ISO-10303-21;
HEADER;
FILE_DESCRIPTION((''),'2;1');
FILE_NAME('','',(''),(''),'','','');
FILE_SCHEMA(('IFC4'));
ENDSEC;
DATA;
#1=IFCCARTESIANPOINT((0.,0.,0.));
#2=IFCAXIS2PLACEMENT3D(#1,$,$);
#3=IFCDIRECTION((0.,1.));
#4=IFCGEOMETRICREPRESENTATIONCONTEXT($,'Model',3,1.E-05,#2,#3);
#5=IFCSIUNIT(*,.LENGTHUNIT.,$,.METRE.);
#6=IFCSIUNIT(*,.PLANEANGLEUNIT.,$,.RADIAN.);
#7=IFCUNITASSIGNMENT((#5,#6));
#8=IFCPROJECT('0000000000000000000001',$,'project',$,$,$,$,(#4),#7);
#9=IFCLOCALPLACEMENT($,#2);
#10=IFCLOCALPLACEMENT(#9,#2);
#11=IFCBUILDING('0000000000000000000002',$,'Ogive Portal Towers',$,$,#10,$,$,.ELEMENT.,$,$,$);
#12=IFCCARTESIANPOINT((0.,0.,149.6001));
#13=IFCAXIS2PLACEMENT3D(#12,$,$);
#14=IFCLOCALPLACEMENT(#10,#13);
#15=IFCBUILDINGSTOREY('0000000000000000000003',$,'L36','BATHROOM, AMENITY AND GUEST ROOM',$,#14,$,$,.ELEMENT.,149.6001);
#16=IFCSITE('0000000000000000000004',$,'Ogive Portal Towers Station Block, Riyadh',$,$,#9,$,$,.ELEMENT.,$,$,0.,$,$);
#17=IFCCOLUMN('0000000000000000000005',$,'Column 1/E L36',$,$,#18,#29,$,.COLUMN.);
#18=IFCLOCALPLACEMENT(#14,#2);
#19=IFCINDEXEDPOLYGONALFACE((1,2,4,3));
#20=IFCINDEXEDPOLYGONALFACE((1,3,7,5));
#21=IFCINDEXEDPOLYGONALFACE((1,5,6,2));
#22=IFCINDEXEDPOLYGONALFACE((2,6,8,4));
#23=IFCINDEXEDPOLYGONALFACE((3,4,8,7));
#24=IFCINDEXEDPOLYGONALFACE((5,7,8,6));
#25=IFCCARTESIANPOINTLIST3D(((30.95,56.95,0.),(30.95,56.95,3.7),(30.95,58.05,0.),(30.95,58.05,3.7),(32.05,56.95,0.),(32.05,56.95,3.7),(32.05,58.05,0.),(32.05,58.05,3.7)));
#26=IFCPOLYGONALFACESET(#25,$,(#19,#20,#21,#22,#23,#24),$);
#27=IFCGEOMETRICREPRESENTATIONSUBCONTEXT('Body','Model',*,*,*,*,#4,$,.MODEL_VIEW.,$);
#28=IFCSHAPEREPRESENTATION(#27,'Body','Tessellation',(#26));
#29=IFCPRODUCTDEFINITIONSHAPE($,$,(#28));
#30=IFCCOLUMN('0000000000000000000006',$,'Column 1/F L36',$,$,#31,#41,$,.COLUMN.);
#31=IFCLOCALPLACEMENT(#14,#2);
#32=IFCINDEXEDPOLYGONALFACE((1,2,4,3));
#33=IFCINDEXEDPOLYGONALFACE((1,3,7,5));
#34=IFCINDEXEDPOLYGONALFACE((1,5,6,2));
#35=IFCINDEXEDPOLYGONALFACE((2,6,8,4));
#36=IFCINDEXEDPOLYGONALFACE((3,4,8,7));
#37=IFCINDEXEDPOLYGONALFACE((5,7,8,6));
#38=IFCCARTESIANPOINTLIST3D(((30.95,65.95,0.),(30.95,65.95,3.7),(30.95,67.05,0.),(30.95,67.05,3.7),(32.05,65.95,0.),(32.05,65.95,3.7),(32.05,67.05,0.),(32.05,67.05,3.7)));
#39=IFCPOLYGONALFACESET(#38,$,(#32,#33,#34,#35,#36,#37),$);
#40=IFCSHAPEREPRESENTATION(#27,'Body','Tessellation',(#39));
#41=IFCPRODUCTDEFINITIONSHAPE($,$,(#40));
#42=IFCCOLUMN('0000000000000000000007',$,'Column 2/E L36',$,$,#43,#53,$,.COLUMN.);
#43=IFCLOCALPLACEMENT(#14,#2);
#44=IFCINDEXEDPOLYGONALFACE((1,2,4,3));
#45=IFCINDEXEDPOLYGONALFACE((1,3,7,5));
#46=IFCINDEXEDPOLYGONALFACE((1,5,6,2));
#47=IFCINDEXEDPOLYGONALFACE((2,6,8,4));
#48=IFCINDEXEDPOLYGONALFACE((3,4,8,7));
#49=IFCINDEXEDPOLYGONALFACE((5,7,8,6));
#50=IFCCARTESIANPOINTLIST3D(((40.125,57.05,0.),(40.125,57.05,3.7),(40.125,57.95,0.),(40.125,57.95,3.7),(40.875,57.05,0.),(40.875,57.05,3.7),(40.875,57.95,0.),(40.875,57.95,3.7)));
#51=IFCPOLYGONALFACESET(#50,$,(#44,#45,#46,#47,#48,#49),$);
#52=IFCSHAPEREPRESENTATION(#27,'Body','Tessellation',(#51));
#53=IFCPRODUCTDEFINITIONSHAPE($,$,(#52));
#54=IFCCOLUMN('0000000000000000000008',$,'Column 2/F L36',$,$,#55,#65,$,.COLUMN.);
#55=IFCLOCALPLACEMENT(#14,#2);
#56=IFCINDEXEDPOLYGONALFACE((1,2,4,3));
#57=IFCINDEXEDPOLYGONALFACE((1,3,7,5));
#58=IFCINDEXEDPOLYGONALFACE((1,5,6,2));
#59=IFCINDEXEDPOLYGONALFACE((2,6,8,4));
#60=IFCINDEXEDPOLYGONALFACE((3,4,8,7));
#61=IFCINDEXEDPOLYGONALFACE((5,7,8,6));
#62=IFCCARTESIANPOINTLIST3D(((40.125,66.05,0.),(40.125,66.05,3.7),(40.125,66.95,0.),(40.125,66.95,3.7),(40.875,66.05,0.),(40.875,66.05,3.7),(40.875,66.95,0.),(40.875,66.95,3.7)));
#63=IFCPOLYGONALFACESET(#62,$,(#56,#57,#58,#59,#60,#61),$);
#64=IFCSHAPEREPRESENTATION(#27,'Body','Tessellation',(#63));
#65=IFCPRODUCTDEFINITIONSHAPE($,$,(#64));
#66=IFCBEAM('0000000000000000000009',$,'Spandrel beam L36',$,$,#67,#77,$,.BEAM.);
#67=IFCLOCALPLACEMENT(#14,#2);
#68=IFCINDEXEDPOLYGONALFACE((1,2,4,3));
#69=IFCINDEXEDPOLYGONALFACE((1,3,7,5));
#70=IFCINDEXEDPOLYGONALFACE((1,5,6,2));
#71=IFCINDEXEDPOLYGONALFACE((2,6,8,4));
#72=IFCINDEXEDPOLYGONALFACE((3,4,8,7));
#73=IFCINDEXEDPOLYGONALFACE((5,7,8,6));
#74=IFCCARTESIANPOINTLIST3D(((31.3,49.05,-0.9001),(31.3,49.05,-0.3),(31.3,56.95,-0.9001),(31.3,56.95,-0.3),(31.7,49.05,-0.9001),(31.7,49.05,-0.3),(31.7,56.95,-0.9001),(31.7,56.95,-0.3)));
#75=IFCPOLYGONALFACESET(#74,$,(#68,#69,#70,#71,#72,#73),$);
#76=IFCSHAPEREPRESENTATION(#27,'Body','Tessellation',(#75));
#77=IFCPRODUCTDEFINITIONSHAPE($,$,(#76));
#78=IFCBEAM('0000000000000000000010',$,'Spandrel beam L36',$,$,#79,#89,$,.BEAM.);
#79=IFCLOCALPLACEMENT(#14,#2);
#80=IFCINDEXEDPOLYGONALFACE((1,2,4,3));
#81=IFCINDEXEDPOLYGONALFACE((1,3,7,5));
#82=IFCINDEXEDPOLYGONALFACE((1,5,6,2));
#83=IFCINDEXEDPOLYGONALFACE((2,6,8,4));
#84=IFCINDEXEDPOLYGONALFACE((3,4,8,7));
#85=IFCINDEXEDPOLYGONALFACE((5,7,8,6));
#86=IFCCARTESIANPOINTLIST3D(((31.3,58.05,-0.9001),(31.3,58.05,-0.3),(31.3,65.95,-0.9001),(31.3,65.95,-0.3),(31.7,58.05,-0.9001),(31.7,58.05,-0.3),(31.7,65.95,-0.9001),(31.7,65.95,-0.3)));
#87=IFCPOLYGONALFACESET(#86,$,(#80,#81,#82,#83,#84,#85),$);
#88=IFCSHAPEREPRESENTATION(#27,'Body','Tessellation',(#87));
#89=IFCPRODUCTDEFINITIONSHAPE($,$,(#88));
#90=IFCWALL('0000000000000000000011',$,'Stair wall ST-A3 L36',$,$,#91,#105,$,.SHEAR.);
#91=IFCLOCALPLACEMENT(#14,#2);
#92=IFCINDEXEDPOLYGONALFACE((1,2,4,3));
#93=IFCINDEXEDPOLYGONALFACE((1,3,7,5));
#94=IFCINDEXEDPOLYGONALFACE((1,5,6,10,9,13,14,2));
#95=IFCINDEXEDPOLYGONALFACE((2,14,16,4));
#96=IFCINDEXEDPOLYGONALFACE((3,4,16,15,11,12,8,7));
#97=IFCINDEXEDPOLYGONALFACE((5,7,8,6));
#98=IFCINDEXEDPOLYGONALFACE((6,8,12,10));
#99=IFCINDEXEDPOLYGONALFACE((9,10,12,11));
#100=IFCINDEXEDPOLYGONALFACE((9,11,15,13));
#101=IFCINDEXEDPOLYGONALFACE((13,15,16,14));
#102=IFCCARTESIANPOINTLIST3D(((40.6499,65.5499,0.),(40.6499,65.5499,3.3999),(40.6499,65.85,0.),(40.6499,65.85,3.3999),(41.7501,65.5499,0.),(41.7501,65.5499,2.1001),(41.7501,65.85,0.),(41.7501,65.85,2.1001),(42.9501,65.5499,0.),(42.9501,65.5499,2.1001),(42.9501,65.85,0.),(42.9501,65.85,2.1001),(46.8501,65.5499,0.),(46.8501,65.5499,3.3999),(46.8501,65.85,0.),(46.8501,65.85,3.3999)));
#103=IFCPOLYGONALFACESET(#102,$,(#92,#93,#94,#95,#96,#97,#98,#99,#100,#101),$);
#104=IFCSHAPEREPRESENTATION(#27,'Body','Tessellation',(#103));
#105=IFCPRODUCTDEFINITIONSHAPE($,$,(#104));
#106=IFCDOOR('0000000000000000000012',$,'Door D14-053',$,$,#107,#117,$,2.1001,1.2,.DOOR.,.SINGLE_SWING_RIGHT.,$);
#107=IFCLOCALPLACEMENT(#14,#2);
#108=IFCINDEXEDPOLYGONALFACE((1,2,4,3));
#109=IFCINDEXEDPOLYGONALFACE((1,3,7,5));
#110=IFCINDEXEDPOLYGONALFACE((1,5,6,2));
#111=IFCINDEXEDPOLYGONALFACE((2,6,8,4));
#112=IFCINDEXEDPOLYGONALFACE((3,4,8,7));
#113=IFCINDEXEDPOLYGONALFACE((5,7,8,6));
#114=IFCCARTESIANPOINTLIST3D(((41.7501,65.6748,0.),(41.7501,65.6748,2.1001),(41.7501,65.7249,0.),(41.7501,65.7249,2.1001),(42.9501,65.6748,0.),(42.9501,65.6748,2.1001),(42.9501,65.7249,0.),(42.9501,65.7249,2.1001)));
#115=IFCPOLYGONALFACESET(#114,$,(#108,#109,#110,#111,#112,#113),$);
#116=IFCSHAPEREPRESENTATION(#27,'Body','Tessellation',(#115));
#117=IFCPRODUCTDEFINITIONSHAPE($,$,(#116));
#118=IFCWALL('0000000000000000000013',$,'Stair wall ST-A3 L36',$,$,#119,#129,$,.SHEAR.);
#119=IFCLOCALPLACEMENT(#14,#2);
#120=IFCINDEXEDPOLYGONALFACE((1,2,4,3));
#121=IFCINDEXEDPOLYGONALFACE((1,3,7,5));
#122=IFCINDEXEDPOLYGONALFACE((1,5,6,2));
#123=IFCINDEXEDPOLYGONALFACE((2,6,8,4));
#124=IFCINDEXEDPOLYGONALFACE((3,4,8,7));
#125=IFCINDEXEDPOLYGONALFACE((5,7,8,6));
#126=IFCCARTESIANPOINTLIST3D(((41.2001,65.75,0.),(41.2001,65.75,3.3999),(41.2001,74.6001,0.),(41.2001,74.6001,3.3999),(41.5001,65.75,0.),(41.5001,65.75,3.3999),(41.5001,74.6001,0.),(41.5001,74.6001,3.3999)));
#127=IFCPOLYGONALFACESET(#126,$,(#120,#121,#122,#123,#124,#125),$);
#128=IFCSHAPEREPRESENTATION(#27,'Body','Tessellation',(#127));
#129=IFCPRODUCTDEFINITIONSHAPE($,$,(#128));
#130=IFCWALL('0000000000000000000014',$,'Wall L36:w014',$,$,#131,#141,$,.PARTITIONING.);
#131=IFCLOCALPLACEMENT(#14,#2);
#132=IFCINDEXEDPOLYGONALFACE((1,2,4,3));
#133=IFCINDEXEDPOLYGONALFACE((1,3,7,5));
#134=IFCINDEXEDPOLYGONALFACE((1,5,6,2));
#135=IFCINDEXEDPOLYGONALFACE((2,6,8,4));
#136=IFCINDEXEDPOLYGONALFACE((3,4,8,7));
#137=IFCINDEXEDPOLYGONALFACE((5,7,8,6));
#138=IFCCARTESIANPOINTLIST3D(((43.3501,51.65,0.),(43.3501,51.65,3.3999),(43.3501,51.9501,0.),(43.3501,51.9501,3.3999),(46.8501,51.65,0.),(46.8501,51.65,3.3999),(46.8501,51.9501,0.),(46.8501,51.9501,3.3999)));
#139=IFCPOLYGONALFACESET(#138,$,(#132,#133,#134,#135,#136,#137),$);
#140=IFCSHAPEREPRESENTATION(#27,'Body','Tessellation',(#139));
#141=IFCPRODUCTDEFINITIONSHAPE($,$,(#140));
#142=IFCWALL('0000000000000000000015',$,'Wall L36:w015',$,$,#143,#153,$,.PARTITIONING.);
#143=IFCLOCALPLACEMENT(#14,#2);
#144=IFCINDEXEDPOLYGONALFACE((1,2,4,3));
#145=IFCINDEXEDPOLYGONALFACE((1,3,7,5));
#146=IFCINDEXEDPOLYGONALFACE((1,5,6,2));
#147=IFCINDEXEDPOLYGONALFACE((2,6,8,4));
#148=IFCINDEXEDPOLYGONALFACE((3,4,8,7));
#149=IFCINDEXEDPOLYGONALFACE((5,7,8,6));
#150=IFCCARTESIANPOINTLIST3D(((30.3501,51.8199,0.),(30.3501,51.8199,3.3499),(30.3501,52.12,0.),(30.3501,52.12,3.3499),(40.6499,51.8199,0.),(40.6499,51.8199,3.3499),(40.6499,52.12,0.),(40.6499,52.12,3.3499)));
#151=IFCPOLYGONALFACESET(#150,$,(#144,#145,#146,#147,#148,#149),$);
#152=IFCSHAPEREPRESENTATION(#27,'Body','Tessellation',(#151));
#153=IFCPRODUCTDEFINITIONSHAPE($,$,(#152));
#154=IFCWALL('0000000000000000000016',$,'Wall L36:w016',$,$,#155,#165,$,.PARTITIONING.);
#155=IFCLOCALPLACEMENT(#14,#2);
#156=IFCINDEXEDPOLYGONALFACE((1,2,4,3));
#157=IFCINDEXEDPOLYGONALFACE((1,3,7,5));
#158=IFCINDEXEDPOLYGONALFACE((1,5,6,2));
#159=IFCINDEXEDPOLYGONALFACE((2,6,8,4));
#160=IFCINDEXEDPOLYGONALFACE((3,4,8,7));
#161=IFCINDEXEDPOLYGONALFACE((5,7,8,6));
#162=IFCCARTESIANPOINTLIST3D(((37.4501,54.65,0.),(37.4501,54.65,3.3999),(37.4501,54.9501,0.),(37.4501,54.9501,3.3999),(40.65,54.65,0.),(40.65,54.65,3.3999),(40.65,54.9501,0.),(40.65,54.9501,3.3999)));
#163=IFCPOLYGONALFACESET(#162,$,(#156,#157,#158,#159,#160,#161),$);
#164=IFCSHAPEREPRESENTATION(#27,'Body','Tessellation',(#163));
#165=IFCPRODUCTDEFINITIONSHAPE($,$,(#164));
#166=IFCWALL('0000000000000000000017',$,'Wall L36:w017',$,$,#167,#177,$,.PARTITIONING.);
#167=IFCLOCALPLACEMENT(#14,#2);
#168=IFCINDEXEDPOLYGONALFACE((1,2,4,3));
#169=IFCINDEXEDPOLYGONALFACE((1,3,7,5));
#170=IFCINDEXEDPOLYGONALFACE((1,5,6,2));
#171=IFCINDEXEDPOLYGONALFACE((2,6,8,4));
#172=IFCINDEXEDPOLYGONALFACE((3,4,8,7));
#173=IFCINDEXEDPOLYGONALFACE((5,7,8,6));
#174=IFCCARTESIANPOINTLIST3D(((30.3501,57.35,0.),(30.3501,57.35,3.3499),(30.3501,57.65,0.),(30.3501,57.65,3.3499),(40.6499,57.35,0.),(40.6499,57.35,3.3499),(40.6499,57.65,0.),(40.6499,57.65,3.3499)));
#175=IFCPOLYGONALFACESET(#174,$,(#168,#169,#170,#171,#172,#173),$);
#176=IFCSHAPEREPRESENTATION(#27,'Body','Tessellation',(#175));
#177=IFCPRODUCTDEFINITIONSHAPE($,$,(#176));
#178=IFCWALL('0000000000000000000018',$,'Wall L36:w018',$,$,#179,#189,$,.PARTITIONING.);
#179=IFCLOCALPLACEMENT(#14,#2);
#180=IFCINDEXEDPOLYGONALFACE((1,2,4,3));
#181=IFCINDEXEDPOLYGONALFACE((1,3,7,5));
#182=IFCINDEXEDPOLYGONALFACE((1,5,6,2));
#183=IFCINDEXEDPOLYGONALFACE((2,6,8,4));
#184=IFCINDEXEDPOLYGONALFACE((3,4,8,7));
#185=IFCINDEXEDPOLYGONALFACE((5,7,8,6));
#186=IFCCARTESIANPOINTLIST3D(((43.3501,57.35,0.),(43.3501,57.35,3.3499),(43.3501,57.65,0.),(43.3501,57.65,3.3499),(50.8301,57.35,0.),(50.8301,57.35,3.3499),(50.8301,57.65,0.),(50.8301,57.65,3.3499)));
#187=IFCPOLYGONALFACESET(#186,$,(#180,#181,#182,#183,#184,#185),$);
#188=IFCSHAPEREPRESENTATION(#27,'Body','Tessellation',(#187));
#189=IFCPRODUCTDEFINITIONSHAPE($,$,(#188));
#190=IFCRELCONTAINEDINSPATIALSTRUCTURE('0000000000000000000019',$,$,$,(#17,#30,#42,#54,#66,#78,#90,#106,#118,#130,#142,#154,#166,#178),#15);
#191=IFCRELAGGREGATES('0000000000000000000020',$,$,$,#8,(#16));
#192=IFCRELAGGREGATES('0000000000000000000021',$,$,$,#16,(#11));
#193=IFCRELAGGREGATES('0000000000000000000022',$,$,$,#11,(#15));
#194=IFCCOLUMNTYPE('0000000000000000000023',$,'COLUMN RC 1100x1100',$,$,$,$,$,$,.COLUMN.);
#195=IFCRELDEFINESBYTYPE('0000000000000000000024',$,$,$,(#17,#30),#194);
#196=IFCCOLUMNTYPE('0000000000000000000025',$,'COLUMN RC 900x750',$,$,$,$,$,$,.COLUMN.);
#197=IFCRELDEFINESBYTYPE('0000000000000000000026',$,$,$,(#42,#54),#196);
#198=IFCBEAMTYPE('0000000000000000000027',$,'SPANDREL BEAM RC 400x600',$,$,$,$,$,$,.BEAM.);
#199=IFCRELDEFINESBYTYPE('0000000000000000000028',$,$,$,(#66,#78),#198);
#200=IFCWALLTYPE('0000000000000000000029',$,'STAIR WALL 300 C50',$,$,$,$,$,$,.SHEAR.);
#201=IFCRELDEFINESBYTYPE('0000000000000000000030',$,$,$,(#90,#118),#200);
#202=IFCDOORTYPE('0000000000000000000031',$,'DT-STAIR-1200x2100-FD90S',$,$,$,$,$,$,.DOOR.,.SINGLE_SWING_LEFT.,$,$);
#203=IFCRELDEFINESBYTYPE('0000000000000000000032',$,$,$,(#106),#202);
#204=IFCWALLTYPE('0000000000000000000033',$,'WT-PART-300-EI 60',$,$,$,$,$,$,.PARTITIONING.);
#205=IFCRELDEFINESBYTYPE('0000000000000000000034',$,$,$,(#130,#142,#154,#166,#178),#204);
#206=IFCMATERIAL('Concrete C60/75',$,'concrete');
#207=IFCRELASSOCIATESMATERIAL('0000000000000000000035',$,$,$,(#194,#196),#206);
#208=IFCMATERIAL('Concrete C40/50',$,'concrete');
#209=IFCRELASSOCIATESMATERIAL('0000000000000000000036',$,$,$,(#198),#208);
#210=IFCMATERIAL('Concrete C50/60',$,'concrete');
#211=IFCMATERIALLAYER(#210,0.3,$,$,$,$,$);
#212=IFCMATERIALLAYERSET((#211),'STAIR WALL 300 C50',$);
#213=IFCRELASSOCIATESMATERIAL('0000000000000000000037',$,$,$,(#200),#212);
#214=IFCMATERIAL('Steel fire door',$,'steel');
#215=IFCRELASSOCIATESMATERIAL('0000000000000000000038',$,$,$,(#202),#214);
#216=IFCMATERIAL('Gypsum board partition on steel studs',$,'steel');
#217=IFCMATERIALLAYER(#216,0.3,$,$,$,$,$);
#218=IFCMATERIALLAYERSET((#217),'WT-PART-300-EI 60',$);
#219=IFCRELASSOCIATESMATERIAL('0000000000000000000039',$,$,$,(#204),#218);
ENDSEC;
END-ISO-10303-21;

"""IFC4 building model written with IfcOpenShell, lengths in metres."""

from ifc_helpers import new_model, si_unit, direction, frame, frame_2d, origin, origin_2d, place, context, subcontext, project, spatial, rectangle, extrude, material, layer, layer_set, material_profile, profile_set, type_object, element, fill, save


model = new_model("IFC4")

# Units and contexts
model_context = context("Model", 3, precision=1e-05, world=origin(), true_north=direction((0.0, 1.0)))
body_context = subcontext(model_context, "Body", "Model", "MODEL_VIEW")
ifc_project = project(units=[si_unit("LENGTHUNIT", "METRE"), si_unit("PLANEANGLEUNIT", "RADIAN")], contexts=[model_context])

# Site, building, storey
site_placement = place(None, origin())
site = spatial("IfcSite", under=ifc_project, at=site_placement, Name="Ogive Portal Towers Station Block, Riyadh", CompositionType="ELEMENT", RefElevation=0.0)
building_placement = place(site_placement, origin())
building = spatial("IfcBuilding", under=site, at=building_placement, Name="Ogive Portal Towers", CompositionType="ELEMENT")
storey_placement = place(building_placement, frame((0.0, 0.0, 149.6001)))
storey = spatial("IfcBuildingStorey", under=building, at=storey_placement, Name="L36", Description="BATHROOM, AMENITY AND GUEST ROOM", CompositionType="ELEMENT", Elevation=149.6001)

# Columns
ifc_material_1 = material(Name="Concrete C60/75", Category="concrete")
ifc_material_profile_1 = material_profile(ifc_material_1, rectangle(XDim=1.1001, YDim=1.1001, at=origin_2d()), Name="RC 1100x1100")
ifc_profile_set_1 = profile_set([ifc_material_profile_1], Name="Concrete C60/75")
column_type_1 = type_object("IfcColumnType", Name="COLUMN RC 1100x1100", PredefinedType="COLUMN", material=ifc_profile_set_1)
for number, where, z_axis, x_axis, name in (
    (1, (31.5, 57.5, 0.0), (0.0, 0.0, 1.0), (1.0, 0.0, 0.0), "Column 1/E L36"),
    (2, (31.5, 66.5, 0.0), (0.0, 0.0, 1.0), (1.0, 0.0, 0.0), "Column 1/F L36"),
):
    element("IfcColumn", number, at=place(storey_placement, frame(where, z_axis=z_axis, x_axis=x_axis)), inside=storey, type_object=column_type_1, Name=name, PredefinedType="COLUMN", context=body_context, shape_type="SweptSolid", body=[
        extrude(rectangle(XDim=1.1001, YDim=1.1001, at=origin_2d()), origin(), (0.0, 0.0, 1.0), 3.7),
    ])
ifc_material_profile_2 = material_profile(ifc_material_1, rectangle(XDim=0.8999, YDim=0.75, at=origin_2d()), Name="RC 900x750")
ifc_profile_set_2 = profile_set([ifc_material_profile_2], Name="Concrete C60/75")
column_type_2 = type_object("IfcColumnType", Name="COLUMN RC 900x750", PredefinedType="COLUMN", material=ifc_profile_set_2)
for number, where, z_axis, x_axis, name in (
    (3, (40.5, 57.5, 0.0), (0.0, 0.0, 1.0), (0.0, 1.0, 0.0), "Column 2/E L36"),
    (4, (40.5, 66.5, 0.0), (0.0, 0.0, 1.0), (0.0, 1.0, 0.0), "Column 2/F L36"),
):
    element("IfcColumn", number, at=place(storey_placement, frame(where, z_axis=z_axis, x_axis=x_axis)), inside=storey, type_object=column_type_2, Name=name, PredefinedType="COLUMN", context=body_context, shape_type="SweptSolid", body=[
        extrude(rectangle(XDim=0.8999, YDim=0.75, at=origin_2d()), origin(), (0.0, 0.0, 1.0), 3.7),
    ])

# Beams
ifc_material_2 = material(Name="Concrete C40/50", Category="concrete")
ifc_material_profile_3 = material_profile(ifc_material_2, rectangle(XDim=0.3999, YDim=0.6001, at=origin_2d()), Name="RC 400x600")
ifc_profile_set_3 = profile_set([ifc_material_profile_3], Name="Concrete C40/50")
beam_type = type_object("IfcBeamType", Name="SPANDREL BEAM RC 400x600", PredefinedType="BEAM", material=ifc_profile_set_3)
for number, where, z_axis, x_axis, name in (
    (5, (31.5, 49.05, -0.6001), (0.0, 1.0, 0.0), (-1.0, 0.0, 0.0), "Spandrel beam L36"),
    (6, (31.5, 58.05, -0.6001), (0.0, 1.0, 0.0), (-1.0, 0.0, 0.0), "Spandrel beam L36"),
):
    element("IfcBeam", number, at=place(storey_placement, frame(where, z_axis=z_axis, x_axis=x_axis)), inside=storey, type_object=beam_type, Name=name, PredefinedType="BEAM", context=body_context, shape_type="SweptSolid", body=[
        extrude(rectangle(XDim=0.3999, YDim=0.6001, at=origin_2d()), origin(), (0.0, 0.0, 1.0), 7.8999),
    ])

# Wall, opening, door
ifc_material_3 = material(Name="Concrete C50/60", Category="concrete")
ifc_layer_1 = layer(ifc_material_3, 0.3)
ifc_layer_set_1 = layer_set([ifc_layer_1], Name="STAIR WALL 300 C50")
wall_type_1 = type_object("IfcWallType", Name="STAIR WALL 300 C50", PredefinedType="SHEAR", material=ifc_layer_set_1)
wall_1_placement = place(storey_placement, frame((40.6499, 65.7, 0.0), z_axis=(0.0, 0.0, 1.0), x_axis=(1.0, 0.0, 0.0)))
wall_1 = element("IfcWall", 7, at=wall_1_placement, inside=storey, type_object=wall_type_1, Name="Stair wall ST-A3 L36", PredefinedType="SHEAR", context=body_context, shape_type="SweptSolid", body=[
    extrude(rectangle(XDim=6.2002, YDim=0.3, at=frame_2d((3.1001, 0.0))), origin(), (0.0, 0.0, 1.0), 3.3999),
])
opening_1_placement = place(wall_1_placement, frame((1.1001, 0.0, 0.0)))
opening_1 = element("IfcOpeningElement", 8, at=opening_1_placement, cuts=wall_1, PredefinedType="OPENING", context=body_context, shape_type="SweptSolid", body=[
    extrude(rectangle(XDim=1.2, YDim=2.1001, at=frame_2d((0.6001, 1.05))), frame((0.0, 0.1602, 0.0), z_axis=(0.0, -1.0, 0.0), x_axis=(1.0, 0.0, 0.0)), (0.0, 0.0, 1.0), 0.3201),
])
ifc_material_4 = material(Name="Steel fire door", Category="steel")
door_type_1 = type_object("IfcDoorType", Name="DT-STAIR-1200x2100-FD90S", OperationType="SINGLE_SWING_LEFT", PredefinedType="DOOR", material=ifc_material_4)
door_1_placement = place(opening_1_placement, origin())
door_1 = element("IfcDoor", 9, at=door_1_placement, inside=storey, type_object=door_type_1, Name="Door D14-053", OperationType="SINGLE_SWING_RIGHT", OverallHeight=2.1001, OverallWidth=1.2, PredefinedType="DOOR", context=body_context, shape_type="SweptSolid", body=[
    extrude(rectangle(XDim=1.2, YDim=2.1001, at=frame_2d((0.6001, 1.05))), frame((0.0, 0.0249, 0.0), z_axis=(0.0, -1.0, 0.0), x_axis=(1.0, 0.0, 0.0)), (0.0, 0.0, 1.0), 0.05),
])
fill(opening_1, door_1)

# Walls
wall_2_placement = place(storey_placement, frame((41.3501, 65.75, 0.0), z_axis=(0.0, 0.0, 1.0), x_axis=(0.0, 1.0, 0.0)))
element("IfcWall", 10, at=wall_2_placement, inside=storey, type_object=wall_type_1, Name="Stair wall ST-A3 L36", PredefinedType="SHEAR", context=body_context, shape_type="SweptSolid", body=[
    extrude(rectangle(XDim=8.8501, YDim=0.3, at=frame_2d((4.425, 0.0))), origin(), (0.0, 0.0, 1.0), 3.3999),
])
ifc_material_5 = material(Name="Gypsum board partition on steel studs", Category="steel")
ifc_layer_2 = layer(ifc_material_5, 0.3)
ifc_layer_set_2 = layer_set([ifc_layer_2], Name="WT-PART-300-EI 60")
wall_type_2 = type_object("IfcWallType", Name="WT-PART-300-EI 60", PredefinedType="PARTITIONING", material=ifc_layer_set_2)
wall_3_placement = place(storey_placement, frame((43.3501, 51.8, 0.0), z_axis=(0.0, 0.0, 1.0), x_axis=(1.0, 0.0, 0.0)))
element("IfcWall", 11, at=wall_3_placement, inside=storey, type_object=wall_type_2, Name="Wall L36:w014", PredefinedType="PARTITIONING", context=body_context, shape_type="SweptSolid", body=[
    extrude(rectangle(XDim=3.5, YDim=0.3, at=frame_2d((1.75, 0.0))), origin(), (0.0, 0.0, 1.0), 3.3999),
])
wall_4_placement = place(storey_placement, frame((30.3501, 51.97, 0.0), z_axis=(0.0, 0.0, 1.0), x_axis=(1.0, 0.0, 0.0)))
element("IfcWall", 12, at=wall_4_placement, inside=storey, type_object=wall_type_2, Name="Wall L36:w015", PredefinedType="PARTITIONING", context=body_context, shape_type="SweptSolid", body=[
    extrude(rectangle(XDim=10.2998, YDim=0.3, at=frame_2d((5.1499, 0.0))), origin(), (0.0, 0.0, 1.0), 3.3499),
])
wall_5_placement = place(storey_placement, frame((37.45, 54.8, 0.0), z_axis=(0.0, 0.0, 1.0), x_axis=(1.0, 0.0, 0.0)))
element("IfcWall", 13, at=wall_5_placement, inside=storey, type_object=wall_type_2, Name="Wall L36:w016", PredefinedType="PARTITIONING", context=body_context, shape_type="SweptSolid", body=[
    extrude(rectangle(XDim=3.2, YDim=0.3, at=frame_2d((1.6001, 0.0))), origin(), (0.0, 0.0, 1.0), 3.3999),
])
wall_6_placement = place(storey_placement, frame((30.3501, 57.5, 0.0), z_axis=(0.0, 0.0, 1.0), x_axis=(1.0, 0.0, 0.0)))
element("IfcWall", 14, at=wall_6_placement, inside=storey, type_object=wall_type_2, Name="Wall L36:w017", PredefinedType="PARTITIONING", context=body_context, shape_type="SweptSolid", body=[
    extrude(rectangle(XDim=10.2998, YDim=0.3, at=frame_2d((5.1499, 0.0))), origin(), (0.0, 0.0, 1.0), 3.3499),
])
wall_7_placement = place(storey_placement, frame((43.3501, 57.5, 0.0), z_axis=(0.0, 0.0, 1.0), x_axis=(1.0, 0.0, 0.0)))
element("IfcWall", 15, at=wall_7_placement, inside=storey, type_object=wall_type_2, Name="Wall L36:w018", PredefinedType="PARTITIONING", context=body_context, shape_type="SweptSolid", body=[
    extrude(rectangle(XDim=7.48, YDim=0.3, at=frame_2d((3.74, 0.0))), origin(), (0.0, 0.0, 1.0), 3.3499),
])

save(model, "model.ifc")
